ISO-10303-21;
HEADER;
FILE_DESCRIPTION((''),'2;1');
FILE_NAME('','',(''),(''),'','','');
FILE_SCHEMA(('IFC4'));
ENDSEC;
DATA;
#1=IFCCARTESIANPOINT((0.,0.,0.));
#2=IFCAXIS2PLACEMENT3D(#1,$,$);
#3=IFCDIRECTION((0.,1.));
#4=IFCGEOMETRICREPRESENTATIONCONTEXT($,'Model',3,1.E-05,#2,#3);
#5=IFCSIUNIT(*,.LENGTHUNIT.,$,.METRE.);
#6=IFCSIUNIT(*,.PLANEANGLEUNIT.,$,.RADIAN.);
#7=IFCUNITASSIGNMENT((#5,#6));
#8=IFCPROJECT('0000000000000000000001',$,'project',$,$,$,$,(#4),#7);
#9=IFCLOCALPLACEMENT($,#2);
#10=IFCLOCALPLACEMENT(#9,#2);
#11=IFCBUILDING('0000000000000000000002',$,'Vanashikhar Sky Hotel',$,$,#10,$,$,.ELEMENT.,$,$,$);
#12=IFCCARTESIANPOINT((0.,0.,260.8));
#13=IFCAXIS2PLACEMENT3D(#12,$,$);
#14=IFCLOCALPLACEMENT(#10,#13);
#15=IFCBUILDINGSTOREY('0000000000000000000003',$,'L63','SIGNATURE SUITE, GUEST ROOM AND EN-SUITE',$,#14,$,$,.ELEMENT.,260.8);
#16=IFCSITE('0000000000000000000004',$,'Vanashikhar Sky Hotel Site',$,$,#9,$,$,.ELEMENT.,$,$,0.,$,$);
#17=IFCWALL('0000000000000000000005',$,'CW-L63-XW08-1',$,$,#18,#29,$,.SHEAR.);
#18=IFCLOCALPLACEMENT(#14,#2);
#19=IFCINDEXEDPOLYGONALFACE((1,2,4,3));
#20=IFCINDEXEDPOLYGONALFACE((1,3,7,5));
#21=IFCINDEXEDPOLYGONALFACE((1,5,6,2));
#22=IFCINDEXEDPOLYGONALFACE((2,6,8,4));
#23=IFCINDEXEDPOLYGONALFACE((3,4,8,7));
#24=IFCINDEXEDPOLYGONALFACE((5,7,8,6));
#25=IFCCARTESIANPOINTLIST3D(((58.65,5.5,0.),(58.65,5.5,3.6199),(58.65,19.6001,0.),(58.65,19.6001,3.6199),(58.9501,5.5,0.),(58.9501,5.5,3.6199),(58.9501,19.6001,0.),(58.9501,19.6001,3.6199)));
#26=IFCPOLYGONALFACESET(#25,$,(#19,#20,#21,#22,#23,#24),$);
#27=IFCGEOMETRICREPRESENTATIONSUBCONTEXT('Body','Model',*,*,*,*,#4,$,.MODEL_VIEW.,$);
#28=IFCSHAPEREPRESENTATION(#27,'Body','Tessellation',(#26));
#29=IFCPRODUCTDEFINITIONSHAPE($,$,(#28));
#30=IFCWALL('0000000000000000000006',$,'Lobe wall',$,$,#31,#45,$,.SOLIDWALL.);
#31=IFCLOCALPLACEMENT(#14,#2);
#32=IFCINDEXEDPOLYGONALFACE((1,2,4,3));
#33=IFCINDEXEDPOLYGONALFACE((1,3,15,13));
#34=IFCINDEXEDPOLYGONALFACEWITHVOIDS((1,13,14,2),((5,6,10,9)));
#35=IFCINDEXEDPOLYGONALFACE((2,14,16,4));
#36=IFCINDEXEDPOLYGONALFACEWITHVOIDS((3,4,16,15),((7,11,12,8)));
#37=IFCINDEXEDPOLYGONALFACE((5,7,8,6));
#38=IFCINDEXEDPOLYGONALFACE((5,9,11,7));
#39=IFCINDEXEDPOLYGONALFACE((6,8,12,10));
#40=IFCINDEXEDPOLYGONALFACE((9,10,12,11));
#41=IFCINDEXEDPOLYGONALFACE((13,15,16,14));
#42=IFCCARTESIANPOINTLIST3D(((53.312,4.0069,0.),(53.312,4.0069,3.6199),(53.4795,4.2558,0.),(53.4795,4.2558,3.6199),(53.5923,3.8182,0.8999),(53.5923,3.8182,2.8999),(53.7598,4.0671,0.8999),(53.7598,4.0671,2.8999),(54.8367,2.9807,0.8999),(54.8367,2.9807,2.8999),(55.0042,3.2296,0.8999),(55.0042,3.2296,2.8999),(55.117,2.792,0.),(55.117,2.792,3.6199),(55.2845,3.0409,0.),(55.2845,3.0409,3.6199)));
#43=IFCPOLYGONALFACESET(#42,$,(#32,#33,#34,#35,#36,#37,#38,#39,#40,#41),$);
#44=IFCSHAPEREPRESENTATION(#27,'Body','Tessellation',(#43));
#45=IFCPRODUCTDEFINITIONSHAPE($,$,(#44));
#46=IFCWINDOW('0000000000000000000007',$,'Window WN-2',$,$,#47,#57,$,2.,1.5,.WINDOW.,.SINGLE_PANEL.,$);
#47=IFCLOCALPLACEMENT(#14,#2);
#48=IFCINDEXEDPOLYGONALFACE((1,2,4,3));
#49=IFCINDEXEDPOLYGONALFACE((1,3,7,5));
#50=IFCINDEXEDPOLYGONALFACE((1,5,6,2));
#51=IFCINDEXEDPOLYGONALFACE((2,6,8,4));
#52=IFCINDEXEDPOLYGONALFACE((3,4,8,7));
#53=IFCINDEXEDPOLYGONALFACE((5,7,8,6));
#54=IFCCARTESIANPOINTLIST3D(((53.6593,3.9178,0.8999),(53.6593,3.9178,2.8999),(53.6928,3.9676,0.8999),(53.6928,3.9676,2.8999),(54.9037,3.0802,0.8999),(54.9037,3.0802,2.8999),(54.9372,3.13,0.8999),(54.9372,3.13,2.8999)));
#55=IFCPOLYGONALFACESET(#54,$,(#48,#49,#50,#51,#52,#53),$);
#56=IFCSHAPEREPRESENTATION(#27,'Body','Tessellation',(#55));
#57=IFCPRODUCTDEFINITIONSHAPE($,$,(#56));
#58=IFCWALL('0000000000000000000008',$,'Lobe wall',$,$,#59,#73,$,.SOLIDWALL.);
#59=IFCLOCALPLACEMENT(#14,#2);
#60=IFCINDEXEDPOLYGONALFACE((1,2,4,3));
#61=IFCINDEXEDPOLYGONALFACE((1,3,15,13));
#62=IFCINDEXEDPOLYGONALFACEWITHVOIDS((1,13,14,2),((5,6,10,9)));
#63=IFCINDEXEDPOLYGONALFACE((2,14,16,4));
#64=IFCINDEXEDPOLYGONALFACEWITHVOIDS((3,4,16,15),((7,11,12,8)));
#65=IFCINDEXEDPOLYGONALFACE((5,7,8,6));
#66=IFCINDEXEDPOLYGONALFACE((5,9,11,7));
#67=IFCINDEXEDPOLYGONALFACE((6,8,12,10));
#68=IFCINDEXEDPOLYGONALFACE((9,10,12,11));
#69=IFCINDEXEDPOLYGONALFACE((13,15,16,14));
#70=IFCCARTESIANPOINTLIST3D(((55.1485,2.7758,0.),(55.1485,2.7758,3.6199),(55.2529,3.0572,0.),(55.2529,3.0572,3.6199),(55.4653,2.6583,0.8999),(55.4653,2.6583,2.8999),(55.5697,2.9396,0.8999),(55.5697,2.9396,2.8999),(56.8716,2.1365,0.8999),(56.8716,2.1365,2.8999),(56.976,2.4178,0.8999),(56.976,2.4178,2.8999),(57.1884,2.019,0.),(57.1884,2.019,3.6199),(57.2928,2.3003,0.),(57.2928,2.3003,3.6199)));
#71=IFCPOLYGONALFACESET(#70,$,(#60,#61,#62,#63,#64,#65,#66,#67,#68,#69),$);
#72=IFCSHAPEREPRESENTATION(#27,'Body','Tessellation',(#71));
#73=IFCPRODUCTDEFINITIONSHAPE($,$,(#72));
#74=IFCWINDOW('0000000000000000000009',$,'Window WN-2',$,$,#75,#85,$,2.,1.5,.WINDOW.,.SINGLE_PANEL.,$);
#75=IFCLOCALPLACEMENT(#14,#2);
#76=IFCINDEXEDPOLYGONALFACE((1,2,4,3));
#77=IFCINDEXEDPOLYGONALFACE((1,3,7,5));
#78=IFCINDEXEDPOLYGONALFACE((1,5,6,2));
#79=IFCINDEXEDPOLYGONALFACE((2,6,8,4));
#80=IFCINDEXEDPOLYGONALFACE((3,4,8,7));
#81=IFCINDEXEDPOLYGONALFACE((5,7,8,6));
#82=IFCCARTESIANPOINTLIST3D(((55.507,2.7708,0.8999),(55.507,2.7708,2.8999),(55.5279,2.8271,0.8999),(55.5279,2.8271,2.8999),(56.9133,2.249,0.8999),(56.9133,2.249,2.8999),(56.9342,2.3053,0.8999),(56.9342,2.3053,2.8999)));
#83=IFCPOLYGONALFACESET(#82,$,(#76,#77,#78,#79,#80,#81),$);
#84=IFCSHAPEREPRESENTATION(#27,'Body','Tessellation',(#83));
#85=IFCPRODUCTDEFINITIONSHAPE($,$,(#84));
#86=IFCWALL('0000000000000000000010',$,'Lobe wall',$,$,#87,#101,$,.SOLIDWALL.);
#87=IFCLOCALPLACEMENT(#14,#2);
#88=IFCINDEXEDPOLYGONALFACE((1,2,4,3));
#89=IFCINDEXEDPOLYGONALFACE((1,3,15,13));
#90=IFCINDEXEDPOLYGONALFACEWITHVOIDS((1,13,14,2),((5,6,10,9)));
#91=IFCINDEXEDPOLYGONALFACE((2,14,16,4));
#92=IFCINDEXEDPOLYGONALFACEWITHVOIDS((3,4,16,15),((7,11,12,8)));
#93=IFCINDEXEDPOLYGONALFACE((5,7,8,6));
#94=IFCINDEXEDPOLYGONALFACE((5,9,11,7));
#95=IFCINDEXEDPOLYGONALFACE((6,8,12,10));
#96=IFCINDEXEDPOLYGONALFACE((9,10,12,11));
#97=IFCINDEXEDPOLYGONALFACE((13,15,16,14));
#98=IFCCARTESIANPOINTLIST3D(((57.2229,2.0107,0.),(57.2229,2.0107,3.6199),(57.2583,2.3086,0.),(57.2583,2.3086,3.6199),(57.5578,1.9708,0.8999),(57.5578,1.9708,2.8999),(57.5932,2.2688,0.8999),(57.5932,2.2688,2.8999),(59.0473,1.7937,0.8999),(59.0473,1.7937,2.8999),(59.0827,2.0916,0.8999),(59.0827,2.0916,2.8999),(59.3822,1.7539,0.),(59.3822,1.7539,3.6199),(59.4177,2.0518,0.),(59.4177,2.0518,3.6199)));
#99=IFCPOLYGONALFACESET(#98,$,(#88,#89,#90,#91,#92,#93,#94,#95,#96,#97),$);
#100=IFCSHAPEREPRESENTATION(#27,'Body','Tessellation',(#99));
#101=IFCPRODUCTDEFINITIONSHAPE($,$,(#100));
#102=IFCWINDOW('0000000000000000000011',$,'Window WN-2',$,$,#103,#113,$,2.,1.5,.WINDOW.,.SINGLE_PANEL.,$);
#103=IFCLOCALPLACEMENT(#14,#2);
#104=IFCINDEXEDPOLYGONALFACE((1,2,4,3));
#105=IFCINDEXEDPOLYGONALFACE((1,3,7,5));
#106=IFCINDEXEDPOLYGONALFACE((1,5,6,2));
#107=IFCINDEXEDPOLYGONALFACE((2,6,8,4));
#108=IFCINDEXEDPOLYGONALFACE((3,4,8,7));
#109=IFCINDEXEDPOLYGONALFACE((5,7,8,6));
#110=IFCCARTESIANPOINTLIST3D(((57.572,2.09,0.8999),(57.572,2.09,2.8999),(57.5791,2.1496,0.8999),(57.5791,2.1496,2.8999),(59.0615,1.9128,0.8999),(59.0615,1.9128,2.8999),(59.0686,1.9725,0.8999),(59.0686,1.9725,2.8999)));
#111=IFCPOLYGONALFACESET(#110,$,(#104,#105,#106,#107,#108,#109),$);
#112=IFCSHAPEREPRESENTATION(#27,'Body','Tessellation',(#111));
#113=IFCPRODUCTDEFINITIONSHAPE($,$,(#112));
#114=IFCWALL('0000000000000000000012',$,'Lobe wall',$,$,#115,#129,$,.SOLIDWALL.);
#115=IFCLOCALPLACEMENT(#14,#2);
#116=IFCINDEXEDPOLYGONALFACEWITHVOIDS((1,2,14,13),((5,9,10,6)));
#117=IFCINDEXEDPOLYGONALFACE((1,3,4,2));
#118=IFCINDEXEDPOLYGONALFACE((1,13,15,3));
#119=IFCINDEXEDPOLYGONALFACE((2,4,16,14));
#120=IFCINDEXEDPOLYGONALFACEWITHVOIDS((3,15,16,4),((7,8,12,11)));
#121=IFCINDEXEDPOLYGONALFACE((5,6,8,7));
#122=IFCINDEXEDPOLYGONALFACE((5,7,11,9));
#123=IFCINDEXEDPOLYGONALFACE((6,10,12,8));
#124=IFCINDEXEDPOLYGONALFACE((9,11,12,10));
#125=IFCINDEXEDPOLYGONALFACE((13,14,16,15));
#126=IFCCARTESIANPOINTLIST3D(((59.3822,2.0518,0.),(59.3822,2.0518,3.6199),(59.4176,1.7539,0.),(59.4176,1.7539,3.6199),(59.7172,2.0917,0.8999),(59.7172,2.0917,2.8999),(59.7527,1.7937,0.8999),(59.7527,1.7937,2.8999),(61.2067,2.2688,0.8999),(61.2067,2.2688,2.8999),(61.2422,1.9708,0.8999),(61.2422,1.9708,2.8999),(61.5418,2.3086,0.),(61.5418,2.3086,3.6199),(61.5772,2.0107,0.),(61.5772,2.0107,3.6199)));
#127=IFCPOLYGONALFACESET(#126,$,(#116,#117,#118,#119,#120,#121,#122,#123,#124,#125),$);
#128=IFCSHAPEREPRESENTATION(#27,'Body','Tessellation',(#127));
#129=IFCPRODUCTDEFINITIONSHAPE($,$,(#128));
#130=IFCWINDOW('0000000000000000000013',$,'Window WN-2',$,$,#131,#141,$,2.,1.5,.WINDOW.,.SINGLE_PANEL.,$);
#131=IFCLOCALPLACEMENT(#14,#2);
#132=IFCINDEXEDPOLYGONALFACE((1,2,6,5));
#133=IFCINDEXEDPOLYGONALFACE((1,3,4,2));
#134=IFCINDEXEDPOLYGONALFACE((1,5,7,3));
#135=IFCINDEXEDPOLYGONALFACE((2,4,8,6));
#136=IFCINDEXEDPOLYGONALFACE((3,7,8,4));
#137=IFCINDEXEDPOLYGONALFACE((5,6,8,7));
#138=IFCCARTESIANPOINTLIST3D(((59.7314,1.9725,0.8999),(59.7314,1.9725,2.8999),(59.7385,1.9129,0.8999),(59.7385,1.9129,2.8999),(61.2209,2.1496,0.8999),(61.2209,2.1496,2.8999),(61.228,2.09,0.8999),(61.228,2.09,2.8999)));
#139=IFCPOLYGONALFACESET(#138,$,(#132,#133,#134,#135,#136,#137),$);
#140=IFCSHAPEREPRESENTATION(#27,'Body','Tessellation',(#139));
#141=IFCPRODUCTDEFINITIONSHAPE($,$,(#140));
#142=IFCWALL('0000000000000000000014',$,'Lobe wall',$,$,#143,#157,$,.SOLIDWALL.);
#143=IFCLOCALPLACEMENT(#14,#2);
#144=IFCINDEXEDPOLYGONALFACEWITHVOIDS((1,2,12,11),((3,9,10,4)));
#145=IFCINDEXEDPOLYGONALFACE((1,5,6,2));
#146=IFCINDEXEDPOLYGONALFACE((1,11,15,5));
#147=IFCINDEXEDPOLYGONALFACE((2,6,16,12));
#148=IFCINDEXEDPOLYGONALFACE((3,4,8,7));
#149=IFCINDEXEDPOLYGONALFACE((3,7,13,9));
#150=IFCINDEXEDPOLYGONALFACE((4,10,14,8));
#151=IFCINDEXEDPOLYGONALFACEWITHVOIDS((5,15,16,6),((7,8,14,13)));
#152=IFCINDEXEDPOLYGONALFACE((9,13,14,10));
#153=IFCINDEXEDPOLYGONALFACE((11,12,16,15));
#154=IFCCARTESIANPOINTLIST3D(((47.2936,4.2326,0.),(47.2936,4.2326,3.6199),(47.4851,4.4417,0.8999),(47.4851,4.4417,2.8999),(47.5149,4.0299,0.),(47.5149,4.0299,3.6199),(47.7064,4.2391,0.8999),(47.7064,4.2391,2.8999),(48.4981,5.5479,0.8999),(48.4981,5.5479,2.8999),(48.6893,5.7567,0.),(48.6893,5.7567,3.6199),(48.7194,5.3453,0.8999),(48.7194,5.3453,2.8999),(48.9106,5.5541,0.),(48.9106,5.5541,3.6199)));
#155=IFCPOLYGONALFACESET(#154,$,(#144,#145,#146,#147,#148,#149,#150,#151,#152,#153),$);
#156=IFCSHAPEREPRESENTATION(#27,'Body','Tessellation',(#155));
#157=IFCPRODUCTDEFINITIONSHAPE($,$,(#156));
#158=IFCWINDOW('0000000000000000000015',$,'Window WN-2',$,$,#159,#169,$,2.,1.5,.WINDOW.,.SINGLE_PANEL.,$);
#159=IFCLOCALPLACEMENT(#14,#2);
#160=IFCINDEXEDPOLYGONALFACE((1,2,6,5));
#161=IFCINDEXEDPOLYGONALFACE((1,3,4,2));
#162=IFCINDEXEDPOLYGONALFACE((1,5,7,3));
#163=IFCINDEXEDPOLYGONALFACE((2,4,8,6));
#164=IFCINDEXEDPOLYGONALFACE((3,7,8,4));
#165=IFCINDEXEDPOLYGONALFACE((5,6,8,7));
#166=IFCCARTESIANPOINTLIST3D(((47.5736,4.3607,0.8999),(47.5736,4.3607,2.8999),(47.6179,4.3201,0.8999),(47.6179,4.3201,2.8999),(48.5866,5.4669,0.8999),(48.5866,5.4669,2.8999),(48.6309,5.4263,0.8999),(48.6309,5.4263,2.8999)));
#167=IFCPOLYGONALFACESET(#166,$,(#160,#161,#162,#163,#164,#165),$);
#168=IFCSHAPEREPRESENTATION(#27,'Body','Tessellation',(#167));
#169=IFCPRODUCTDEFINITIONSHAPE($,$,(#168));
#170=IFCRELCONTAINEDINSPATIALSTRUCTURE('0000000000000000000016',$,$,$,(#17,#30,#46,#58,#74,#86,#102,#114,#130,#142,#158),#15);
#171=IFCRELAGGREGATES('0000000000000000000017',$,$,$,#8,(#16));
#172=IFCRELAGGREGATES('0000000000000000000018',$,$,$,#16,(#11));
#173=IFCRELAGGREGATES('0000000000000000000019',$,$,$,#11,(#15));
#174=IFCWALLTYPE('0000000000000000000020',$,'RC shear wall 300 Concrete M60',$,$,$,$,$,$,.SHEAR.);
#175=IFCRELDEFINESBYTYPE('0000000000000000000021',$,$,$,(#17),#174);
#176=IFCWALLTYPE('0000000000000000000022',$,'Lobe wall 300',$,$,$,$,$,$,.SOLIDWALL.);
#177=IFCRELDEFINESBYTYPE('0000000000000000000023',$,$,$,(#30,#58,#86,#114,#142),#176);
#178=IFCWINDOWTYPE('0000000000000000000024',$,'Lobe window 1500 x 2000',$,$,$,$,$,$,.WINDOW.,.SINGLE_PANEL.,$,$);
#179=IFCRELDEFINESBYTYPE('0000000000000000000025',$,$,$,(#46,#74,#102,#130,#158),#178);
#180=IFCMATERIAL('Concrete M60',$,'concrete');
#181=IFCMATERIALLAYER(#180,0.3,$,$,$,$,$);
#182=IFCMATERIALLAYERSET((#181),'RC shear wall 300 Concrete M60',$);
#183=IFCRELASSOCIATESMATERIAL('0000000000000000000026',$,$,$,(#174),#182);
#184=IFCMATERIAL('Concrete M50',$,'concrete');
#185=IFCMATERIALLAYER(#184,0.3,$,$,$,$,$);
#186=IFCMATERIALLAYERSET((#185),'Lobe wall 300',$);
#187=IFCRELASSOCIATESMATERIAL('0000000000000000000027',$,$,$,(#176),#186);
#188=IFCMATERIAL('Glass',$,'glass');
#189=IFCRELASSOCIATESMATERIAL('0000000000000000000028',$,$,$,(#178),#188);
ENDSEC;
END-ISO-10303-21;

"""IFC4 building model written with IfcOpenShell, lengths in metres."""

from ifc_helpers import new_model, si_unit, direction, frame, frame_2d, origin, place, context, subcontext, project, spatial, rectangle, extrude, source, transform, mapped, material, layer, layer_set, type_object, element, fill, save


model = new_model("IFC4")

# Units and contexts
model_context = context("Model", 3, precision=1e-05, world=origin(), true_north=direction((0.0, 1.0)))
body_context = subcontext(model_context, "Body", "Model", "MODEL_VIEW")
ifc_project = project(units=[si_unit("LENGTHUNIT", "METRE"), si_unit("PLANEANGLEUNIT", "RADIAN")], contexts=[model_context])

# Site, building, storey
site_placement = place(None, origin())
site = spatial("IfcSite", under=ifc_project, at=site_placement, Name="Vanashikhar Sky Hotel Site", CompositionType="ELEMENT", RefElevation=0.0)
building_placement = place(site_placement, origin())
building = spatial("IfcBuilding", under=site, at=building_placement, Name="Vanashikhar Sky Hotel", CompositionType="ELEMENT")
storey_placement = place(building_placement, frame((0.0, 0.0, 260.8)))
storey = spatial("IfcBuildingStorey", under=building, at=storey_placement, Name="L63", Description="SIGNATURE SUITE, GUEST ROOM AND EN-SUITE", CompositionType="ELEMENT", Elevation=260.8)

# Wall
ifc_material_1 = material(Name="Concrete M60", Category="concrete")
ifc_layer_1 = layer(ifc_material_1, 0.3)
ifc_layer_set_1 = layer_set([ifc_layer_1], Name="RC shear wall 300 Concrete M60")
wall_type_1 = type_object("IfcWallType", Name="RC shear wall 300 Concrete M60", PredefinedType="SHEAR", material=ifc_layer_set_1)
shared_shape_1 = source(origin(), body_context, "Body", "SweptSolid", [
    extrude(rectangle(XDim=14.1001, YDim=0.3, at=frame_2d((7.05, 0.0))), origin(), (0.0, 0.0, 1.0), 3.6199),
])
wall_1_placement = place(storey_placement, frame((58.8, 5.5, 0.0), z_axis=(0.0, 0.0, 1.0), x_axis=(0.0, 1.0, 0.0)))
element("IfcWall", 1, at=wall_1_placement, inside=storey, type_object=wall_type_1, Name="CW-L63-XW08-1", PredefinedType="SHEAR", context=body_context, shape_type="MappedRepresentation", body=[
    mapped(shared_shape_1, transform((0.0, 0.0, 0.0), scale=1.0)),
])

# Walls, openings, windows
ifc_material_2 = material(Name="Concrete M50", Category="concrete")
ifc_layer_2 = layer(ifc_material_2, 0.3)
ifc_layer_set_2 = layer_set([ifc_layer_2], Name="Lobe wall 300")
wall_type_2 = type_object("IfcWallType", Name="Lobe wall 300", PredefinedType="SOLIDWALL", material=ifc_layer_set_2)
shared_shape_2 = source(origin(), body_context, "Body", "SweptSolid", [
    extrude(rectangle(XDim=2.1758, YDim=0.3, at=frame_2d((1.0879, 0.0))), origin(), (0.0, 0.0, 1.0), 3.6199),
])
wall_2_placement = place(storey_placement, frame((53.3958, 4.1313, 0.0), z_axis=(0.0, 0.0, 1.0), x_axis=(0.829591, -0.558372, 0.0)))
wall_2 = element("IfcWall", 2, at=wall_2_placement, inside=storey, type_object=wall_type_2, Name="Lobe wall", PredefinedType="SOLIDWALL", context=body_context, shape_type="MappedRepresentation", body=[
    mapped(shared_shape_2, transform((0.0, 0.0, 0.0), scale=1.0)),
])
shared_shape_3 = source(origin(), body_context, "Body", "SweptSolid", [
    extrude(rectangle(XDim=1.5, YDim=2.0, at=frame_2d((0.75, 1.0))), frame((0.0, 0.1602, 0.0), z_axis=(0.0, -1.0, 0.0), x_axis=(1.0, 0.0, 0.0)), (0.0, 0.0, 1.0), 0.3201),
])
opening_1_placement = place(wall_2_placement, frame((0.3379, 0.0, 0.8999)))
opening_1 = element("IfcOpeningElement", 3, at=opening_1_placement, cuts=wall_2, PredefinedType="OPENING", context=body_context, shape_type="MappedRepresentation", body=[
    mapped(shared_shape_3, transform((0.0, 0.0, 0.0), scale=1.0)),
])
ifc_material_3 = material(Name="Glass", Category="glass")
window_type = type_object("IfcWindowType", Name="Lobe window 1500 x 2000", PartitioningType="SINGLE_PANEL", PredefinedType="WINDOW", material=ifc_material_3)
shared_shape_4 = source(origin(), body_context, "Body", "SweptSolid", [
    extrude(rectangle(XDim=1.5, YDim=2.0, at=frame_2d((0.75, 1.0))), frame((0.0, 0.03, 0.0), z_axis=(0.0, -1.0, 0.0), x_axis=(1.0, 0.0, 0.0)), (0.0, 0.0, 1.0), 0.0601),
])
window_1_placement = place(opening_1_placement, origin())
window_1 = element("IfcWindow", 4, at=window_1_placement, inside=storey, type_object=window_type, Name="Window WN-2", OverallHeight=2.0, OverallWidth=1.5, PartitioningType="SINGLE_PANEL", PredefinedType="WINDOW", context=body_context, shape_type="MappedRepresentation", body=[
    mapped(shared_shape_4, transform((0.0, 0.0, 0.0), scale=1.0)),
])
fill(opening_1, window_1)
wall_3_placement = place(storey_placement, frame((55.2007, 2.9165, 0.0), z_axis=(0.0, 0.0, 1.0), x_axis=(0.937546, -0.347863, 0.0)))
wall_3 = element("IfcWall", 5, at=wall_3_placement, inside=storey, type_object=wall_type_2, Name="Lobe wall", PredefinedType="SOLIDWALL", context=body_context, shape_type="MappedRepresentation", body=[
    mapped(shared_shape_2, transform((0.0, 0.0, 0.0), scale=1.0)),
])
opening_2_placement = place(wall_3_placement, frame((0.3379, 0.0, 0.8999)))
opening_2 = element("IfcOpeningElement", 6, at=opening_2_placement, cuts=wall_3, PredefinedType="OPENING", context=body_context, shape_type="MappedRepresentation", body=[
    mapped(shared_shape_3, transform((0.0, 0.0, 0.0), scale=1.0)),
])
window_2_placement = place(opening_2_placement, origin())
window_2 = element("IfcWindow", 7, at=window_2_placement, inside=storey, type_object=window_type, Name="Window WN-2", OverallHeight=2.0, OverallWidth=1.5, PartitioningType="SINGLE_PANEL", PredefinedType="WINDOW", context=body_context, shape_type="MappedRepresentation", body=[
    mapped(shared_shape_4, transform((0.0, 0.0, 0.0), scale=1.0)),
])
fill(opening_2, window_2)
shared_shape_5 = source(origin(), body_context, "Body", "SweptSolid", [
    extrude(rectangle(XDim=2.1746, YDim=0.3, at=frame_2d((1.0874, 0.0))), origin(), (0.0, 0.0, 1.0), 3.6199),
])
wall_4_placement = place(storey_placement, frame((57.2405, 2.1597, 0.0), z_axis=(0.0, 0.0, 1.0), x_axis=(0.993001, -0.118105, 0.0)))
wall_4 = element("IfcWall", 8, at=wall_4_placement, inside=storey, type_object=wall_type_2, Name="Lobe wall", PredefinedType="SOLIDWALL", context=body_context, shape_type="MappedRepresentation", body=[
    mapped(shared_shape_5, transform((0.0, 0.0, 0.0), scale=1.0)),
])
opening_3_placement = place(wall_4_placement, frame((0.3374, 0.0, 0.8999)))
opening_3 = element("IfcOpeningElement", 9, at=opening_3_placement, cuts=wall_4, PredefinedType="OPENING", context=body_context, shape_type="MappedRepresentation", body=[
    mapped(shared_shape_3, transform((0.0, 0.0, 0.0), scale=1.0)),
])
window_3_placement = place(opening_3_placement, origin())
window_3 = element("IfcWindow", 10, at=window_3_placement, inside=storey, type_object=window_type, Name="Window WN-2", OverallHeight=2.0, OverallWidth=1.5, PartitioningType="SINGLE_PANEL", PredefinedType="WINDOW", context=body_context, shape_type="MappedRepresentation", body=[
    mapped(shared_shape_4, transform((0.0, 0.0, 0.0), scale=1.0)),
])
fill(opening_3, window_3)
shared_shape_6 = source(origin(), body_context, "Body", "SweptSolid", [
    extrude(rectangle(XDim=2.1748, YDim=0.3, at=frame_2d((1.0874, 0.0))), origin(), (0.0, 0.0, 1.0), 3.6199),
])
wall_5_placement = place(storey_placement, frame((59.3999, 1.9028, 0.0), z_axis=(0.0, 0.0, 1.0), x_axis=(0.993003, 0.118092, 0.0)))
wall_5 = element("IfcWall", 11, at=wall_5_placement, inside=storey, type_object=wall_type_2, Name="Lobe wall", PredefinedType="SOLIDWALL", context=body_context, shape_type="MappedRepresentation", body=[
    mapped(shared_shape_6, transform((0.0, 0.0, 0.0), scale=1.0)),
])
opening_4_placement = place(wall_5_placement, frame((0.3374, 0.0, 0.8999)))
opening_4 = element("IfcOpeningElement", 12, at=opening_4_placement, cuts=wall_5, PredefinedType="OPENING", context=body_context, shape_type="MappedRepresentation", body=[
    mapped(shared_shape_3, transform((0.0, 0.0, 0.0), scale=1.0)),
])
window_4_placement = place(opening_4_placement, origin())
window_4 = element("IfcWindow", 13, at=window_4_placement, inside=storey, type_object=window_type, Name="Window WN-2", OverallHeight=2.0, OverallWidth=1.5, PartitioningType="SINGLE_PANEL", PredefinedType="WINDOW", context=body_context, shape_type="MappedRepresentation", body=[
    mapped(shared_shape_4, transform((0.0, 0.0, 0.0), scale=1.0)),
])
fill(opening_4, window_4)
shared_shape_7 = source(origin(), body_context, "Body", "SweptSolid", [
    extrude(rectangle(XDim=2.0667, YDim=0.3, at=frame_2d((1.0332, 0.0))), origin(), (0.0, 0.0, 1.0), 3.6199),
])
wall_6_placement = place(storey_placement, frame((47.4043, 4.1313, 0.0), z_axis=(0.0, 0.0, 1.0), x_axis=(0.675355, 0.737492, 0.0)))
wall_6 = element("IfcWall", 14, at=wall_6_placement, inside=storey, type_object=wall_type_2, Name="Lobe wall", PredefinedType="SOLIDWALL", context=body_context, shape_type="MappedRepresentation", body=[
    mapped(shared_shape_7, transform((0.0, 0.0, 0.0), scale=1.0)),
])
opening_5_placement = place(wall_6_placement, frame((0.2834, 0.0, 0.8999)))
opening_5 = element("IfcOpeningElement", 15, at=opening_5_placement, cuts=wall_6, PredefinedType="OPENING", context=body_context, shape_type="MappedRepresentation", body=[
    mapped(shared_shape_3, transform((0.0, 0.0, 0.0), scale=1.0)),
])
window_5_placement = place(opening_5_placement, origin())
window_5 = element("IfcWindow", 16, at=window_5_placement, inside=storey, type_object=window_type, Name="Window WN-2", OverallHeight=2.0, OverallWidth=1.5, PartitioningType="SINGLE_PANEL", PredefinedType="WINDOW", context=body_context, shape_type="MappedRepresentation", body=[
    mapped(shared_shape_4, transform((0.0, 0.0, 0.0), scale=1.0)),
])
fill(opening_5, window_5)

save(model, "model.ifc")
